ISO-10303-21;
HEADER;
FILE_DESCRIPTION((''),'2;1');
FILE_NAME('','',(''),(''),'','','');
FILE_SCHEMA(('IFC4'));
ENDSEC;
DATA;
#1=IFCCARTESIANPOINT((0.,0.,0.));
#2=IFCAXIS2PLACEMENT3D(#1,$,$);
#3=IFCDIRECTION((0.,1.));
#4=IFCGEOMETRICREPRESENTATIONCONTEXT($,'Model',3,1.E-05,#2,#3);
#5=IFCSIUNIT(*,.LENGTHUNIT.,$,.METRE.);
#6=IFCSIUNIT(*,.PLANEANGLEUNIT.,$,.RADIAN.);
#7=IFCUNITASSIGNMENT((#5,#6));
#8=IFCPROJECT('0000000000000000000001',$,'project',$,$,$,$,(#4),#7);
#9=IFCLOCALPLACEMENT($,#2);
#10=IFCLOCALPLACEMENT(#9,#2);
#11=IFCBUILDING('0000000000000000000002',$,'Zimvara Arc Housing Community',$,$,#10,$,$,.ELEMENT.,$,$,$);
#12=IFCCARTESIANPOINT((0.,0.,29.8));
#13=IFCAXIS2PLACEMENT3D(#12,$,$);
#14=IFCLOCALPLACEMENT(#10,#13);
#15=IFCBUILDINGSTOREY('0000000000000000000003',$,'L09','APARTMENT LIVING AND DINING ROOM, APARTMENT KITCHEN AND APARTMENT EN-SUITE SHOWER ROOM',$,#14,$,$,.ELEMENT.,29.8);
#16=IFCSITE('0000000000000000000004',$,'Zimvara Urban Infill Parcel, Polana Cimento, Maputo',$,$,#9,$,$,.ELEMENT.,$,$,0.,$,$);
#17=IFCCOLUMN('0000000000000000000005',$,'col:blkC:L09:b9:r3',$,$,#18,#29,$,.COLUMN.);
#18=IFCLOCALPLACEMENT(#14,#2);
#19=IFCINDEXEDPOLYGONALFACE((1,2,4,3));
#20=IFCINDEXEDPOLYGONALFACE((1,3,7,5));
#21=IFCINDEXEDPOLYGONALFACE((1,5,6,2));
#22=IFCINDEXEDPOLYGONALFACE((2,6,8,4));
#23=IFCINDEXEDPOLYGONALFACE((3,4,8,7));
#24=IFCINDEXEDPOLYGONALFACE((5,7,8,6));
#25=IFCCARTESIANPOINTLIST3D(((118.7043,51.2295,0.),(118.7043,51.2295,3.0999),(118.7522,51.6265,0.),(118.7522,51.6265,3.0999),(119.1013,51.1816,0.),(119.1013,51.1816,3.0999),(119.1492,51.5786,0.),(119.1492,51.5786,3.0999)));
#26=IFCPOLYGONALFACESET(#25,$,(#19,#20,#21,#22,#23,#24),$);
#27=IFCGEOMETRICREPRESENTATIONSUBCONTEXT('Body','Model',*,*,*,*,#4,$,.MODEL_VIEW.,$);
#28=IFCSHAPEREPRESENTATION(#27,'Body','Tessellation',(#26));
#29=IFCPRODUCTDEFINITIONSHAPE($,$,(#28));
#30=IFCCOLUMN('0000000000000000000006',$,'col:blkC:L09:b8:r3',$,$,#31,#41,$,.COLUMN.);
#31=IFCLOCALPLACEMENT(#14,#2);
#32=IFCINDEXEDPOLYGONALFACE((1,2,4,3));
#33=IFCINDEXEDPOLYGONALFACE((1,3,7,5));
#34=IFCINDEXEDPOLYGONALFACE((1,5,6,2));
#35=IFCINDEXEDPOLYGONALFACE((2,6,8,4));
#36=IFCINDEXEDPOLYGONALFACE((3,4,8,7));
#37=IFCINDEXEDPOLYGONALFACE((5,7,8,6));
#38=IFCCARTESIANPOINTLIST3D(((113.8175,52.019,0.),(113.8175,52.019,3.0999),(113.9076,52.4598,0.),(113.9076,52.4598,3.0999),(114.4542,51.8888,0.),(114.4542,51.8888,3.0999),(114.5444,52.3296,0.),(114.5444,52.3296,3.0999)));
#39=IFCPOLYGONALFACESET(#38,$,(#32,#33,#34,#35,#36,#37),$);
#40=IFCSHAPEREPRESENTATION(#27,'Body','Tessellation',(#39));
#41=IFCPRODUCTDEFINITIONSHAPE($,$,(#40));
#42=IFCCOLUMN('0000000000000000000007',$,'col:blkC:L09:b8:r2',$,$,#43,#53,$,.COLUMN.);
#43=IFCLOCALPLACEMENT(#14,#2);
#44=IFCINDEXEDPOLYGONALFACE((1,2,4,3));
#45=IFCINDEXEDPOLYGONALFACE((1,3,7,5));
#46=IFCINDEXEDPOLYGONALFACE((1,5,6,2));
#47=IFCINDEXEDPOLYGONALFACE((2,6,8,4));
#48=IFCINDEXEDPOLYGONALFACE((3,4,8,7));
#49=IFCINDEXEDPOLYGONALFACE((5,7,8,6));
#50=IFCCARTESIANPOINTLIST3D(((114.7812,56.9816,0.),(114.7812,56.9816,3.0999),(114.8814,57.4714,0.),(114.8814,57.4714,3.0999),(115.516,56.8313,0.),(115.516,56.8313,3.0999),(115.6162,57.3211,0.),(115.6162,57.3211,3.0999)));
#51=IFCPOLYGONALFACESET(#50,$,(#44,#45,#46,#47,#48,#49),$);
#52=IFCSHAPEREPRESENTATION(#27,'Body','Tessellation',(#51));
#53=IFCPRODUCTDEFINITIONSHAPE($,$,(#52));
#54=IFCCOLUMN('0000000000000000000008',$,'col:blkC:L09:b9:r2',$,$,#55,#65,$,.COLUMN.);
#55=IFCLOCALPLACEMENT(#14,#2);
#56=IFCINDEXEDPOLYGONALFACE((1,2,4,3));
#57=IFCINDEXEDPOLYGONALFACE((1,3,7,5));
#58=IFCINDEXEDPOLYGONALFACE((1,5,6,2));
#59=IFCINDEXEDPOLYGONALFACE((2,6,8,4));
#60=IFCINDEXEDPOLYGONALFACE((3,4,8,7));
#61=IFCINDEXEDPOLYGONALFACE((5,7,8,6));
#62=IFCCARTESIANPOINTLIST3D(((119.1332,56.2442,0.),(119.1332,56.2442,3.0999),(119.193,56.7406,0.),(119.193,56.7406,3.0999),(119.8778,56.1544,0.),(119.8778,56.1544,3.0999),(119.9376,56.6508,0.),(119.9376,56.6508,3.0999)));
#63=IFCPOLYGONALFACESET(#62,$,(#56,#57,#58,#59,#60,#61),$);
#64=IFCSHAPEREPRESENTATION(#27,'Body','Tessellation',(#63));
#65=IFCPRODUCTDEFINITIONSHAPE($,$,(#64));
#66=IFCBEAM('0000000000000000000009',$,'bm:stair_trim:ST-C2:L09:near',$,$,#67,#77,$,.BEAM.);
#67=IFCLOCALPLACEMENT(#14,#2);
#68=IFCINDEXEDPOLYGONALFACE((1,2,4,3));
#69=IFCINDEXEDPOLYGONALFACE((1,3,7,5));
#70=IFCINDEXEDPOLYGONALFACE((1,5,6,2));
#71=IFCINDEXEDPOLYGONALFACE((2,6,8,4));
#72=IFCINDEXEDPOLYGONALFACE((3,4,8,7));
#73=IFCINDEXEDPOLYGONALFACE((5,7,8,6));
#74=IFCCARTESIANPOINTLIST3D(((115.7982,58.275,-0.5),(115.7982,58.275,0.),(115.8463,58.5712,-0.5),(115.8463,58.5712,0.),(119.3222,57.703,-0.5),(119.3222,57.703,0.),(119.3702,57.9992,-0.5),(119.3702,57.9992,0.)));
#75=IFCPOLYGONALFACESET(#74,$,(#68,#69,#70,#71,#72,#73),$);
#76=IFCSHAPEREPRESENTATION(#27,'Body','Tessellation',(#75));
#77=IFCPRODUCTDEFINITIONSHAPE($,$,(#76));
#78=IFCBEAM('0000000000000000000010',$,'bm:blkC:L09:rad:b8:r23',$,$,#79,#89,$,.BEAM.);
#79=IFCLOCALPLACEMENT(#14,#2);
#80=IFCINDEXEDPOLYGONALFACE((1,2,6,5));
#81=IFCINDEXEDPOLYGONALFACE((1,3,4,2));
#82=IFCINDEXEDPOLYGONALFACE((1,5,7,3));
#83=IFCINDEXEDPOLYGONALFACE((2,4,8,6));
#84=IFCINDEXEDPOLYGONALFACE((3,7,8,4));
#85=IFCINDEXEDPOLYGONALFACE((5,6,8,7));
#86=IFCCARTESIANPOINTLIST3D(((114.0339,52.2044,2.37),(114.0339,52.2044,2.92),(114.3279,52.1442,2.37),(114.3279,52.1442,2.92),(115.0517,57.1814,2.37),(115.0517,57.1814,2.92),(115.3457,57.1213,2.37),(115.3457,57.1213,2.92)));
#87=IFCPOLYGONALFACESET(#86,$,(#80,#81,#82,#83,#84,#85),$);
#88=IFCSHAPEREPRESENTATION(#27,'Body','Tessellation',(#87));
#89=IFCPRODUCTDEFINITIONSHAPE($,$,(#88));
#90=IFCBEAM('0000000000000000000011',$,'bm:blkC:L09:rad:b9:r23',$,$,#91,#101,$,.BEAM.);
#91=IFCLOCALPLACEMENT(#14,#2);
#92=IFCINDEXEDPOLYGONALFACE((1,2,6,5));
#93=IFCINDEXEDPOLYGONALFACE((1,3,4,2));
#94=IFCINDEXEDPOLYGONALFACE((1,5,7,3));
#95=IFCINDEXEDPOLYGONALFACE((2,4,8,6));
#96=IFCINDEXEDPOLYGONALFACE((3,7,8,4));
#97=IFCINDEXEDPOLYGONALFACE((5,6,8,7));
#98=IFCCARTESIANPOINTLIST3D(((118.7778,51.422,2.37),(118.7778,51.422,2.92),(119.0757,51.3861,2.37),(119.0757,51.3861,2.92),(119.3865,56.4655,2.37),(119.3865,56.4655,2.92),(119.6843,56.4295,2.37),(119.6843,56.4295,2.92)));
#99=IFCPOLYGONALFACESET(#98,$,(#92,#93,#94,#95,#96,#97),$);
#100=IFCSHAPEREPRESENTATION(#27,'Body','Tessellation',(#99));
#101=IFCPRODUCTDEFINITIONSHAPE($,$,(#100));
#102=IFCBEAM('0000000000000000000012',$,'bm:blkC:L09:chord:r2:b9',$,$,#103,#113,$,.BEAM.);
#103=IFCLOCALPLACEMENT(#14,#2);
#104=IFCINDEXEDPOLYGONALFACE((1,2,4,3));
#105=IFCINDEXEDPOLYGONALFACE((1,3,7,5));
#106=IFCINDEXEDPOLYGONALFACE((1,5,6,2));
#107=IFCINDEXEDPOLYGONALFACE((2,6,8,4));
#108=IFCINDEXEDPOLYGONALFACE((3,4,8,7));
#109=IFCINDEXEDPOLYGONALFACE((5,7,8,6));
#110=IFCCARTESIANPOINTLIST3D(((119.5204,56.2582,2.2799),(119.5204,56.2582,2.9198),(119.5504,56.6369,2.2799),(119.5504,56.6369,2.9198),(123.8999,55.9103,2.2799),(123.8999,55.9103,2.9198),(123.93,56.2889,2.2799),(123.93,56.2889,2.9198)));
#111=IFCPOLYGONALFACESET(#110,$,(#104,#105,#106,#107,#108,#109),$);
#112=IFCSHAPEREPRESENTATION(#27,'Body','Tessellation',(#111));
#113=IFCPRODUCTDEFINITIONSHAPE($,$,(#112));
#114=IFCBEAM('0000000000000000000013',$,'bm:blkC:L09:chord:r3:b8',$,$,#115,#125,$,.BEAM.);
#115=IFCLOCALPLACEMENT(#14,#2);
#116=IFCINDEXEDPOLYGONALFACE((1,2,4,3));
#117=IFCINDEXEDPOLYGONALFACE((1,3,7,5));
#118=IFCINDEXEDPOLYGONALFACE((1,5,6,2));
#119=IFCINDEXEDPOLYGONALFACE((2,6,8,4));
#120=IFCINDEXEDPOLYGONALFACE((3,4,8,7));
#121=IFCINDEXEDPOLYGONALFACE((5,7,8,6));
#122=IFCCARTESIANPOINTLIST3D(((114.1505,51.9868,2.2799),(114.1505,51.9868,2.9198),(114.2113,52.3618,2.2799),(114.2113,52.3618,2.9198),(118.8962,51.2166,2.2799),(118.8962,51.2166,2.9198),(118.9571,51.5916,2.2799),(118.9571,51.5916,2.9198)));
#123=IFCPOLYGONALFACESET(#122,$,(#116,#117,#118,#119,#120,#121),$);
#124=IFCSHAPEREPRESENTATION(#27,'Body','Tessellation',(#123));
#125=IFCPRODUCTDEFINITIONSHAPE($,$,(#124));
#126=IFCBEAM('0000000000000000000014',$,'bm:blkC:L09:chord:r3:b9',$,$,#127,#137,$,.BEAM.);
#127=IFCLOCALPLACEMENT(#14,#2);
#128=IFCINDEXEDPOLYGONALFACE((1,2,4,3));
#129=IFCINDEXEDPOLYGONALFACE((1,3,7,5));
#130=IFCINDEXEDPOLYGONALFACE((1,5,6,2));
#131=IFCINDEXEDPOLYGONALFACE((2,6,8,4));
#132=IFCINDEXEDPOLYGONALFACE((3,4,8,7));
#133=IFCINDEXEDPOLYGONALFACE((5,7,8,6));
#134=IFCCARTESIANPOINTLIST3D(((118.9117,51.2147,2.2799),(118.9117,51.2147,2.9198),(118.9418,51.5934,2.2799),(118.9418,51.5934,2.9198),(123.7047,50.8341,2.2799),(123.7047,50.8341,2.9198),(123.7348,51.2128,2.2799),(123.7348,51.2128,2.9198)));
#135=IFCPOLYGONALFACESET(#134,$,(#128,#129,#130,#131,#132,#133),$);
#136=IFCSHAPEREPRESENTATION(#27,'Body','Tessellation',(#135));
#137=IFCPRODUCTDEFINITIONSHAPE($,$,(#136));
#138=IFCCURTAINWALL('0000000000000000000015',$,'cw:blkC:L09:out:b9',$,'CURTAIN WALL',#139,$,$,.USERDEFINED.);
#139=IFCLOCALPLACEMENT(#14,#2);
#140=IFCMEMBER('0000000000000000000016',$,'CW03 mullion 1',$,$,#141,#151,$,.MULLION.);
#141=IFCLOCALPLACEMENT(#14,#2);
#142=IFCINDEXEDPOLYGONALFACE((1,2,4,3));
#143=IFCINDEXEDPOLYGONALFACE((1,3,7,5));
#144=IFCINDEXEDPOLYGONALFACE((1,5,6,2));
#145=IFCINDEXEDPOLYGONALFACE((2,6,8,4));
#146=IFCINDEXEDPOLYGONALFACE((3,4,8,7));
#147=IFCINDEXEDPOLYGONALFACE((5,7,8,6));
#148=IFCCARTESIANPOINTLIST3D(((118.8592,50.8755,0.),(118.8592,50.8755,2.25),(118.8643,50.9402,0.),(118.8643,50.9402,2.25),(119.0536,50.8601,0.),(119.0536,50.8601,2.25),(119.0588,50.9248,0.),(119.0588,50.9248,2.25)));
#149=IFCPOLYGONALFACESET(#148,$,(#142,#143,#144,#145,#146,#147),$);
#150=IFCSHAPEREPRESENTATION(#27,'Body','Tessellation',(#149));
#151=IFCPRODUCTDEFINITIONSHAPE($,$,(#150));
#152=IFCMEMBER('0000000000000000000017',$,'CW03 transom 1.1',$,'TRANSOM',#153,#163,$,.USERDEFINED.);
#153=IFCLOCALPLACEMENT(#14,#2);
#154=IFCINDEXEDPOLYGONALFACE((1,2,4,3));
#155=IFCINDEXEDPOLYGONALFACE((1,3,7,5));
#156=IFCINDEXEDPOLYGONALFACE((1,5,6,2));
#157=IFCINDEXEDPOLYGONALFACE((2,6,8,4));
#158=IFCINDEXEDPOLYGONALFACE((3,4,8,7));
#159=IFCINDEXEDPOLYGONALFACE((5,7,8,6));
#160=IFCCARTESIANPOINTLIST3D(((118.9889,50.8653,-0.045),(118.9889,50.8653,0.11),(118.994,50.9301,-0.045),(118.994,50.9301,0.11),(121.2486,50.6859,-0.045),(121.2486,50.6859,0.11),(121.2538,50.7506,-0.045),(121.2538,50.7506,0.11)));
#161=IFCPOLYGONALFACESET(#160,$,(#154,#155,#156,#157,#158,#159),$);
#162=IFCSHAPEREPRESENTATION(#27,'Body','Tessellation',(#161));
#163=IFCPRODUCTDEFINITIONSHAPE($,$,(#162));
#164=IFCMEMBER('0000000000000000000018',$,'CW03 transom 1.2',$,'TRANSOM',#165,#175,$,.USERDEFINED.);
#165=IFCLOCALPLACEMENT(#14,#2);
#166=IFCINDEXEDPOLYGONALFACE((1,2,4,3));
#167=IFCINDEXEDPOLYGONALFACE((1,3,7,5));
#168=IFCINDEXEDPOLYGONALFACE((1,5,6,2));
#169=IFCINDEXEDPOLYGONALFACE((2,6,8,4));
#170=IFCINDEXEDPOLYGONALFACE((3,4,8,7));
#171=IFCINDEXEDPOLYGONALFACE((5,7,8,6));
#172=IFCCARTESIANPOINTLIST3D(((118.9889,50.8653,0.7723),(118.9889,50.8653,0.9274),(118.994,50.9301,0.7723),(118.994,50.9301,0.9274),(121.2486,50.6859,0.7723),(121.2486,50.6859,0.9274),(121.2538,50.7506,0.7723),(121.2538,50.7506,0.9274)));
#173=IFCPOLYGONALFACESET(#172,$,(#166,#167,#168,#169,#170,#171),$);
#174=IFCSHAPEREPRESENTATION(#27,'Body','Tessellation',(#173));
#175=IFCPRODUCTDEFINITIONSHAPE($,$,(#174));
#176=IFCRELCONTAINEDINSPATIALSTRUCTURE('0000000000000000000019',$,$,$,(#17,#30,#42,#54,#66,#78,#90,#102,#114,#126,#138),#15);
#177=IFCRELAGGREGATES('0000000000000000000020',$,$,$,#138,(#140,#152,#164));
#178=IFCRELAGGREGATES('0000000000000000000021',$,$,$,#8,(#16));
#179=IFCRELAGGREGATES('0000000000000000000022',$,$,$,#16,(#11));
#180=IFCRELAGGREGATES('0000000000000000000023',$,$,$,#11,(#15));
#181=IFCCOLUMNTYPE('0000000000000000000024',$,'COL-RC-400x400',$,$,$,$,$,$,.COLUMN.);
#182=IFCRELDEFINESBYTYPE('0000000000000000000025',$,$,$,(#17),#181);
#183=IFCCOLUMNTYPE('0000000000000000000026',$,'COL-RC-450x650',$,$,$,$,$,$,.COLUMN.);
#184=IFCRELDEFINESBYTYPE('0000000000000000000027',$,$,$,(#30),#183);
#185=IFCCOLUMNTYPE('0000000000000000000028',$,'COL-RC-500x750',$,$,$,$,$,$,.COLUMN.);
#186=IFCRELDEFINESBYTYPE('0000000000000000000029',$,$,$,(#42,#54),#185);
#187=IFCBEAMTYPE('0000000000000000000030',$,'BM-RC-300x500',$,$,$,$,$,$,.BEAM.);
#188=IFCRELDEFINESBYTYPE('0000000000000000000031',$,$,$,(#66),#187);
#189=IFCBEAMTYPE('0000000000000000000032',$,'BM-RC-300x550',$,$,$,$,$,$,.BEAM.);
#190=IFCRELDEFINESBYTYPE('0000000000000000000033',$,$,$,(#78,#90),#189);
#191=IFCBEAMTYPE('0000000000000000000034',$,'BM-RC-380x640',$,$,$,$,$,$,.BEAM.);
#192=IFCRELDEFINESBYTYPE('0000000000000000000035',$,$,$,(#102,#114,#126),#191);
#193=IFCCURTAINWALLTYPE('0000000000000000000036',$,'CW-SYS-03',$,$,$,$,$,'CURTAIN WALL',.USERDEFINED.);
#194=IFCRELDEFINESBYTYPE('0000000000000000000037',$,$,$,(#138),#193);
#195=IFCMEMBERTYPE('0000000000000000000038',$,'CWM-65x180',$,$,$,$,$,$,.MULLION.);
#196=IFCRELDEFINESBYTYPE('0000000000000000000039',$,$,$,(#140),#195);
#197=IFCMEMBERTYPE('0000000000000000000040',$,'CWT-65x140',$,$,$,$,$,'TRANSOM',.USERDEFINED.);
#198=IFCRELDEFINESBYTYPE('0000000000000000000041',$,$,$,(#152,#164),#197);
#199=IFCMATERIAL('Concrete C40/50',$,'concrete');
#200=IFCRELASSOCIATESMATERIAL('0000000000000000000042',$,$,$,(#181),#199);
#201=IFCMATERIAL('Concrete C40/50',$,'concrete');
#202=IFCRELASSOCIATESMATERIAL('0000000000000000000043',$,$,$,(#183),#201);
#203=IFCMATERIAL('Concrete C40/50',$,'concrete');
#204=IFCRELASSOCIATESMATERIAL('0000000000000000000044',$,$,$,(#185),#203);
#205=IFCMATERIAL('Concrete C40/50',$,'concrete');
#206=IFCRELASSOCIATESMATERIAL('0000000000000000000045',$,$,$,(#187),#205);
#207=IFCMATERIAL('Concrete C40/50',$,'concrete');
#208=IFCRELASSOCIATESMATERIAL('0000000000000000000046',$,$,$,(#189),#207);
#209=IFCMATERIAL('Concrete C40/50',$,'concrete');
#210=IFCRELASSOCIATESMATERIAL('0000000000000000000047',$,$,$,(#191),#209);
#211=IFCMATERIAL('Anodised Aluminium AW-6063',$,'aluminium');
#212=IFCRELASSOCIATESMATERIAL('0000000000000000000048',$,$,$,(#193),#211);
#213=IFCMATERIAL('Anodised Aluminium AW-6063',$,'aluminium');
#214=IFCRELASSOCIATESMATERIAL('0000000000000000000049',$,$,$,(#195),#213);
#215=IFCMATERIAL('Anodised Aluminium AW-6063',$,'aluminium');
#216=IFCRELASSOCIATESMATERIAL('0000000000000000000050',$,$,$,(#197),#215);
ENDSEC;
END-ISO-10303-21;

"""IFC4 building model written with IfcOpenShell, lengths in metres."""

from ifc_helpers import new_model, si_unit, direction, frame, origin, origin_2d, place, context, subcontext, project, spatial, rectangle, extrude, material, material_profile, profile_set, type_object, element, aggregate, save


model = new_model("IFC4")

# Units and contexts
model_context = context("Model", 3, precision=1e-05, world=origin(), true_north=direction((0.0, 1.0)))
body_context = subcontext(model_context, "Body", "Model", "MODEL_VIEW")
ifc_project = project(units=[si_unit("LENGTHUNIT", "METRE"), si_unit("PLANEANGLEUNIT", "RADIAN")], contexts=[model_context])

# Site, building, storey
site_placement = place(None, origin())
site = spatial("IfcSite", under=ifc_project, at=site_placement, Name="Zimvara Urban Infill Parcel, Polana Cimento, Maputo", CompositionType="ELEMENT", RefElevation=0.0)
building_placement = place(site_placement, origin())
building = spatial("IfcBuilding", under=site, at=building_placement, Name="Zimvara Arc Housing Community", CompositionType="ELEMENT")
storey_placement = place(building_placement, frame((0.0, 0.0, 29.8)))
storey = spatial("IfcBuildingStorey", under=building, at=storey_placement, Name="L09", Description="APARTMENT LIVING AND DINING ROOM, APARTMENT KITCHEN AND APARTMENT EN-SUITE SHOWER ROOM", CompositionType="ELEMENT", Elevation=29.8)

# Columns
ifc_material_1 = material(Name="Concrete C40/50", Category="concrete")
ifc_material_profile_1 = material_profile(ifc_material_1, rectangle(XDim=0.3999, YDim=0.3999, at=origin_2d()), Name="RC 400x400")
ifc_profile_set_1 = profile_set([ifc_material_profile_1], Name="Concrete C40/50")
column_type_1 = type_object("IfcColumnType", Name="COL-RC-400x400", PredefinedType="COLUMN", material=ifc_profile_set_1)
column_1_placement = place(storey_placement, frame((118.9268, 51.4041, 0.0), z_axis=(0.0, 0.0, 1.0), x_axis=(-0.11979, -0.992799, 0.0)))
element("IfcColumn", 1, at=column_1_placement, inside=storey, type_object=column_type_1, Name="col:blkC:L09:b9:r3", PredefinedType="COLUMN", context=body_context, shape_type="SweptSolid", body=[
    extrude(rectangle(XDim=0.3999, YDim=0.3999, at=origin_2d()), origin(), (0.0, 0.0, 1.0), 3.0999),
])
ifc_material_2 = material(Name="Concrete C40/50", Category="concrete")
ifc_material_profile_2 = material_profile(ifc_material_2, rectangle(XDim=0.45, YDim=0.6499, at=origin_2d()), Name="RC 450x650")
ifc_profile_set_2 = profile_set([ifc_material_profile_2], Name="Concrete C40/50")
column_type_2 = type_object("IfcColumnType", Name="COL-RC-450x650", PredefinedType="COLUMN", material=ifc_profile_set_2)
column_2_placement = place(storey_placement, frame((114.1809, 52.1743, 0.0), z_axis=(0.0, 0.0, 1.0), x_axis=(-0.200394, -0.979715, 0.0)))
element("IfcColumn", 2, at=column_2_placement, inside=storey, type_object=column_type_2, Name="col:blkC:L09:b8:r3", PredefinedType="COLUMN", context=body_context, shape_type="SweptSolid", body=[
    extrude(rectangle(XDim=0.45, YDim=0.6499, at=origin_2d()), origin(), (0.0, 0.0, 1.0), 3.0999),
])
ifc_material_3 = material(Name="Concrete C40/50", Category="concrete")
ifc_material_profile_3 = material_profile(ifc_material_3, rectangle(XDim=0.5, YDim=0.75, at=origin_2d()), Name="RC 500x750")
ifc_profile_set_3 = profile_set([ifc_material_profile_3], Name="Concrete C40/50")
column_type_3 = type_object("IfcColumnType", Name="COL-RC-500x750", PredefinedType="COLUMN", material=ifc_profile_set_3)
for number, where, z_axis, x_axis, name in (
    (3, (115.1987, 57.1514, 0.0), (0.0, 0.0, 1.0), (-0.200394, -0.979715, 0.0), "col:blkC:L09:b8:r2"),
    (4, (119.5354, 56.4475, 0.0), (0.0, 0.0, 1.0), (-0.11979, -0.992799, 0.0), "col:blkC:L09:b9:r2"),
):
    element("IfcColumn", number, at=place(storey_placement, frame(where, z_axis=z_axis, x_axis=x_axis)), inside=storey, type_object=column_type_3, Name=name, PredefinedType="COLUMN", context=body_context, shape_type="SweptSolid", body=[
        extrude(rectangle(XDim=0.5, YDim=0.75, at=origin_2d()), origin(), (0.0, 0.0, 1.0), 3.0999),
    ])

# Beams
ifc_material_4 = material(Name="Concrete C40/50", Category="concrete")
ifc_material_profile_4 = material_profile(ifc_material_4, rectangle(XDim=0.3, YDim=0.5, at=origin_2d()), Name="RC 300x500")
ifc_profile_set_4 = profile_set([ifc_material_profile_4], Name="Concrete C40/50")
beam_type_1 = type_object("IfcBeamType", Name="BM-RC-300x500", PredefinedType="BEAM", material=ifc_profile_set_4)
beam_1_placement = place(storey_placement, frame((115.8223, 58.4231, -0.25), z_axis=(0.98708, -0.160228, 0.0), x_axis=(0.160228, 0.98708, 0.0)))
element("IfcBeam", 5, at=beam_1_placement, inside=storey, type_object=beam_type_1, Name="bm:stair_trim:ST-C2:L09:near", PredefinedType="BEAM", context=body_context, shape_type="SweptSolid", body=[
    extrude(rectangle(XDim=0.3, YDim=0.5, at=origin_2d()), origin(), (0.0, 0.0, 1.0), 3.5701),
])
ifc_material_5 = material(Name="Concrete C40/50", Category="concrete")
ifc_material_profile_5 = material_profile(ifc_material_5, rectangle(XDim=0.3, YDim=0.55, at=origin_2d()), Name="RC 300x550")
ifc_profile_set_5 = profile_set([ifc_material_profile_5], Name="Concrete C40/50")
beam_type_2 = type_object("IfcBeamType", Name="BM-RC-300x550", PredefinedType="BEAM", material=ifc_profile_set_5)
for number, where, z_axis, x_axis, name in (
    (6, (115.1987, 57.1514, 2.645), (-0.200356, -0.979723, 0.0), (0.979723, -0.200356, 0.0), "bm:blkC:L09:rad:b8:r23"),
    (7, (119.5354, 56.4475, 2.645), (-0.11981, -0.992797, 0.0), (0.992797, -0.11981, 0.0), "bm:blkC:L09:rad:b9:r23"),
):
    element("IfcBeam", number, at=place(storey_placement, frame(where, z_axis=z_axis, x_axis=x_axis)), inside=storey, type_object=beam_type_2, Name=name, PredefinedType="BEAM", context=body_context, shape_type="SweptSolid", body=[
        extrude(rectangle(XDim=0.3, YDim=0.55, at=origin_2d()), origin(), (0.0, 0.0, 1.0), 5.0801),
    ])
ifc_material_6 = material(Name="Concrete C40/50", Category="concrete")
ifc_material_profile_6 = material_profile(ifc_material_6, rectangle(XDim=0.3799, YDim=0.6399, at=origin_2d()), Name="RC 380x640")
ifc_profile_set_6 = profile_set([ifc_material_profile_6], Name="Concrete C40/50")
beam_type_3 = type_object("IfcBeamType", Name="BM-RC-380x640", PredefinedType="BEAM", material=ifc_profile_set_6)
beam_2_placement = place(storey_placement, frame((119.5354, 56.4475, 2.5999), z_axis=(0.996859, -0.079191, 0.0), x_axis=(0.079191, 0.996859, 0.0)))
element("IfcBeam", 8, at=beam_2_placement, inside=storey, type_object=beam_type_3, Name="bm:blkC:L09:chord:r2:b9", PredefinedType="BEAM", context=body_context, shape_type="SweptSolid", body=[
    extrude(rectangle(XDim=0.3799, YDim=0.6399, at=origin_2d()), origin(), (0.0, 0.0, 1.0), 4.3933),
])
beam_3_placement = place(storey_placement, frame((114.1809, 52.1743, 2.5999), z_axis=(0.987084, -0.160206, 0.0), x_axis=(0.160206, 0.987084, 0.0)))
element("IfcBeam", 9, at=beam_3_placement, inside=storey, type_object=beam_type_3, Name="bm:blkC:L09:chord:r3:b8", PredefinedType="BEAM", context=body_context, shape_type="SweptSolid", body=[
    extrude(rectangle(XDim=0.3799, YDim=0.6399, at=origin_2d()), origin(), (0.0, 0.0, 1.0), 4.8079),
])
beam_4_placement = place(storey_placement, frame((118.9268, 51.4041, 2.5999), z_axis=(0.996862, -0.079162, 0.0), x_axis=(0.079162, 0.996862, 0.0)))
element("IfcBeam", 10, at=beam_4_placement, inside=storey, type_object=beam_type_3, Name="bm:blkC:L09:chord:r3:b9", PredefinedType="BEAM", context=body_context, shape_type="SweptSolid", body=[
    extrude(rectangle(XDim=0.3799, YDim=0.6399, at=origin_2d()), origin(), (0.0, 0.0, 1.0), 4.8081),
])

# Curtain wall, members
ifc_material_7 = material(Name="Anodised Aluminium AW-6063", Category="aluminium")
curtain_wall_type = type_object("IfcCurtainWallType", Name="CW-SYS-03", ElementType="CURTAIN WALL", PredefinedType="USERDEFINED", material=ifc_material_7)
curtain_wall_placement = place(storey_placement, origin())
curtain_wall = element("IfcCurtainWall", 11, at=curtain_wall_placement, inside=storey, type_object=curtain_wall_type, Name="cw:blkC:L09:out:b9", ObjectType="CURTAIN WALL", PredefinedType="USERDEFINED")
ifc_material_8 = material(Name="Anodised Aluminium AW-6063", Category="aluminium")
ifc_material_profile_7 = material_profile(ifc_material_8, rectangle(XDim=0.0649, YDim=0.1951, at=origin_2d()), Name="ALU 65x195")
ifc_profile_set_7 = profile_set([ifc_material_profile_7], Name="Anodised Aluminium AW-6063")
member_type_1 = type_object("IfcMemberType", Name="CWM-65x180", PredefinedType="MULLION", material=ifc_profile_set_7)
member_1_placement = place(storey_placement, frame((118.959, 50.9001, 0.0), z_axis=(0.0, 0.0, 1.0), x_axis=(0.079154, 0.996862, 0.0)))
member_1 = element("IfcMember", 12, at=member_1_placement, type_object=member_type_1, Name="CW03 mullion 1", PredefinedType="MULLION", context=body_context, shape_type="SweptSolid", body=[
    extrude(rectangle(XDim=0.0649, YDim=0.1951, at=origin_2d()), origin(), (0.0, 0.0, 1.0), 2.25),
])
ifc_material_9 = material(Name="Anodised Aluminium AW-6063", Category="aluminium")
ifc_material_profile_8 = material_profile(ifc_material_9, rectangle(XDim=0.0649, YDim=0.155, at=origin_2d()), Name="ALU 65x155")
ifc_profile_set_8 = profile_set([ifc_material_profile_8], Name="Anodised Aluminium AW-6063")
member_type_2 = type_object("IfcMemberType", Name="CWT-65x140", ElementType="TRANSOM", PredefinedType="USERDEFINED", material=ifc_profile_set_8)
member_2_placement = place(storey_placement, frame((118.9915, 50.8977, 0.0325), z_axis=(0.996862, -0.079159, 0.0), x_axis=(0.079159, 0.996862, 0.0)))
member_2 = element("IfcMember", 13, at=member_2_placement, type_object=member_type_2, Name="CW03 transom 1.1", ObjectType="TRANSOM", PredefinedType="USERDEFINED", context=body_context, shape_type="SweptSolid", body=[
    extrude(rectangle(XDim=0.0649, YDim=0.155, at=origin_2d()), origin(), (0.0, 0.0, 1.0), 2.2668),
])
member_3_placement = place(storey_placement, frame((118.9915, 50.8977, 0.8499), z_axis=(0.996862, -0.079159, 0.0), x_axis=(0.079159, 0.996862, 0.0)))
member_3 = element("IfcMember", 14, at=member_3_placement, type_object=member_type_2, Name="CW03 transom 1.2", ObjectType="TRANSOM", PredefinedType="USERDEFINED", context=body_context, shape_type="SweptSolid", body=[
    extrude(rectangle(XDim=0.0649, YDim=0.155, at=origin_2d()), origin(), (0.0, 0.0, 1.0), 2.2668),
])
aggregate(curtain_wall, [member_1, member_2, member_3])

save(model, "model.ifc")
